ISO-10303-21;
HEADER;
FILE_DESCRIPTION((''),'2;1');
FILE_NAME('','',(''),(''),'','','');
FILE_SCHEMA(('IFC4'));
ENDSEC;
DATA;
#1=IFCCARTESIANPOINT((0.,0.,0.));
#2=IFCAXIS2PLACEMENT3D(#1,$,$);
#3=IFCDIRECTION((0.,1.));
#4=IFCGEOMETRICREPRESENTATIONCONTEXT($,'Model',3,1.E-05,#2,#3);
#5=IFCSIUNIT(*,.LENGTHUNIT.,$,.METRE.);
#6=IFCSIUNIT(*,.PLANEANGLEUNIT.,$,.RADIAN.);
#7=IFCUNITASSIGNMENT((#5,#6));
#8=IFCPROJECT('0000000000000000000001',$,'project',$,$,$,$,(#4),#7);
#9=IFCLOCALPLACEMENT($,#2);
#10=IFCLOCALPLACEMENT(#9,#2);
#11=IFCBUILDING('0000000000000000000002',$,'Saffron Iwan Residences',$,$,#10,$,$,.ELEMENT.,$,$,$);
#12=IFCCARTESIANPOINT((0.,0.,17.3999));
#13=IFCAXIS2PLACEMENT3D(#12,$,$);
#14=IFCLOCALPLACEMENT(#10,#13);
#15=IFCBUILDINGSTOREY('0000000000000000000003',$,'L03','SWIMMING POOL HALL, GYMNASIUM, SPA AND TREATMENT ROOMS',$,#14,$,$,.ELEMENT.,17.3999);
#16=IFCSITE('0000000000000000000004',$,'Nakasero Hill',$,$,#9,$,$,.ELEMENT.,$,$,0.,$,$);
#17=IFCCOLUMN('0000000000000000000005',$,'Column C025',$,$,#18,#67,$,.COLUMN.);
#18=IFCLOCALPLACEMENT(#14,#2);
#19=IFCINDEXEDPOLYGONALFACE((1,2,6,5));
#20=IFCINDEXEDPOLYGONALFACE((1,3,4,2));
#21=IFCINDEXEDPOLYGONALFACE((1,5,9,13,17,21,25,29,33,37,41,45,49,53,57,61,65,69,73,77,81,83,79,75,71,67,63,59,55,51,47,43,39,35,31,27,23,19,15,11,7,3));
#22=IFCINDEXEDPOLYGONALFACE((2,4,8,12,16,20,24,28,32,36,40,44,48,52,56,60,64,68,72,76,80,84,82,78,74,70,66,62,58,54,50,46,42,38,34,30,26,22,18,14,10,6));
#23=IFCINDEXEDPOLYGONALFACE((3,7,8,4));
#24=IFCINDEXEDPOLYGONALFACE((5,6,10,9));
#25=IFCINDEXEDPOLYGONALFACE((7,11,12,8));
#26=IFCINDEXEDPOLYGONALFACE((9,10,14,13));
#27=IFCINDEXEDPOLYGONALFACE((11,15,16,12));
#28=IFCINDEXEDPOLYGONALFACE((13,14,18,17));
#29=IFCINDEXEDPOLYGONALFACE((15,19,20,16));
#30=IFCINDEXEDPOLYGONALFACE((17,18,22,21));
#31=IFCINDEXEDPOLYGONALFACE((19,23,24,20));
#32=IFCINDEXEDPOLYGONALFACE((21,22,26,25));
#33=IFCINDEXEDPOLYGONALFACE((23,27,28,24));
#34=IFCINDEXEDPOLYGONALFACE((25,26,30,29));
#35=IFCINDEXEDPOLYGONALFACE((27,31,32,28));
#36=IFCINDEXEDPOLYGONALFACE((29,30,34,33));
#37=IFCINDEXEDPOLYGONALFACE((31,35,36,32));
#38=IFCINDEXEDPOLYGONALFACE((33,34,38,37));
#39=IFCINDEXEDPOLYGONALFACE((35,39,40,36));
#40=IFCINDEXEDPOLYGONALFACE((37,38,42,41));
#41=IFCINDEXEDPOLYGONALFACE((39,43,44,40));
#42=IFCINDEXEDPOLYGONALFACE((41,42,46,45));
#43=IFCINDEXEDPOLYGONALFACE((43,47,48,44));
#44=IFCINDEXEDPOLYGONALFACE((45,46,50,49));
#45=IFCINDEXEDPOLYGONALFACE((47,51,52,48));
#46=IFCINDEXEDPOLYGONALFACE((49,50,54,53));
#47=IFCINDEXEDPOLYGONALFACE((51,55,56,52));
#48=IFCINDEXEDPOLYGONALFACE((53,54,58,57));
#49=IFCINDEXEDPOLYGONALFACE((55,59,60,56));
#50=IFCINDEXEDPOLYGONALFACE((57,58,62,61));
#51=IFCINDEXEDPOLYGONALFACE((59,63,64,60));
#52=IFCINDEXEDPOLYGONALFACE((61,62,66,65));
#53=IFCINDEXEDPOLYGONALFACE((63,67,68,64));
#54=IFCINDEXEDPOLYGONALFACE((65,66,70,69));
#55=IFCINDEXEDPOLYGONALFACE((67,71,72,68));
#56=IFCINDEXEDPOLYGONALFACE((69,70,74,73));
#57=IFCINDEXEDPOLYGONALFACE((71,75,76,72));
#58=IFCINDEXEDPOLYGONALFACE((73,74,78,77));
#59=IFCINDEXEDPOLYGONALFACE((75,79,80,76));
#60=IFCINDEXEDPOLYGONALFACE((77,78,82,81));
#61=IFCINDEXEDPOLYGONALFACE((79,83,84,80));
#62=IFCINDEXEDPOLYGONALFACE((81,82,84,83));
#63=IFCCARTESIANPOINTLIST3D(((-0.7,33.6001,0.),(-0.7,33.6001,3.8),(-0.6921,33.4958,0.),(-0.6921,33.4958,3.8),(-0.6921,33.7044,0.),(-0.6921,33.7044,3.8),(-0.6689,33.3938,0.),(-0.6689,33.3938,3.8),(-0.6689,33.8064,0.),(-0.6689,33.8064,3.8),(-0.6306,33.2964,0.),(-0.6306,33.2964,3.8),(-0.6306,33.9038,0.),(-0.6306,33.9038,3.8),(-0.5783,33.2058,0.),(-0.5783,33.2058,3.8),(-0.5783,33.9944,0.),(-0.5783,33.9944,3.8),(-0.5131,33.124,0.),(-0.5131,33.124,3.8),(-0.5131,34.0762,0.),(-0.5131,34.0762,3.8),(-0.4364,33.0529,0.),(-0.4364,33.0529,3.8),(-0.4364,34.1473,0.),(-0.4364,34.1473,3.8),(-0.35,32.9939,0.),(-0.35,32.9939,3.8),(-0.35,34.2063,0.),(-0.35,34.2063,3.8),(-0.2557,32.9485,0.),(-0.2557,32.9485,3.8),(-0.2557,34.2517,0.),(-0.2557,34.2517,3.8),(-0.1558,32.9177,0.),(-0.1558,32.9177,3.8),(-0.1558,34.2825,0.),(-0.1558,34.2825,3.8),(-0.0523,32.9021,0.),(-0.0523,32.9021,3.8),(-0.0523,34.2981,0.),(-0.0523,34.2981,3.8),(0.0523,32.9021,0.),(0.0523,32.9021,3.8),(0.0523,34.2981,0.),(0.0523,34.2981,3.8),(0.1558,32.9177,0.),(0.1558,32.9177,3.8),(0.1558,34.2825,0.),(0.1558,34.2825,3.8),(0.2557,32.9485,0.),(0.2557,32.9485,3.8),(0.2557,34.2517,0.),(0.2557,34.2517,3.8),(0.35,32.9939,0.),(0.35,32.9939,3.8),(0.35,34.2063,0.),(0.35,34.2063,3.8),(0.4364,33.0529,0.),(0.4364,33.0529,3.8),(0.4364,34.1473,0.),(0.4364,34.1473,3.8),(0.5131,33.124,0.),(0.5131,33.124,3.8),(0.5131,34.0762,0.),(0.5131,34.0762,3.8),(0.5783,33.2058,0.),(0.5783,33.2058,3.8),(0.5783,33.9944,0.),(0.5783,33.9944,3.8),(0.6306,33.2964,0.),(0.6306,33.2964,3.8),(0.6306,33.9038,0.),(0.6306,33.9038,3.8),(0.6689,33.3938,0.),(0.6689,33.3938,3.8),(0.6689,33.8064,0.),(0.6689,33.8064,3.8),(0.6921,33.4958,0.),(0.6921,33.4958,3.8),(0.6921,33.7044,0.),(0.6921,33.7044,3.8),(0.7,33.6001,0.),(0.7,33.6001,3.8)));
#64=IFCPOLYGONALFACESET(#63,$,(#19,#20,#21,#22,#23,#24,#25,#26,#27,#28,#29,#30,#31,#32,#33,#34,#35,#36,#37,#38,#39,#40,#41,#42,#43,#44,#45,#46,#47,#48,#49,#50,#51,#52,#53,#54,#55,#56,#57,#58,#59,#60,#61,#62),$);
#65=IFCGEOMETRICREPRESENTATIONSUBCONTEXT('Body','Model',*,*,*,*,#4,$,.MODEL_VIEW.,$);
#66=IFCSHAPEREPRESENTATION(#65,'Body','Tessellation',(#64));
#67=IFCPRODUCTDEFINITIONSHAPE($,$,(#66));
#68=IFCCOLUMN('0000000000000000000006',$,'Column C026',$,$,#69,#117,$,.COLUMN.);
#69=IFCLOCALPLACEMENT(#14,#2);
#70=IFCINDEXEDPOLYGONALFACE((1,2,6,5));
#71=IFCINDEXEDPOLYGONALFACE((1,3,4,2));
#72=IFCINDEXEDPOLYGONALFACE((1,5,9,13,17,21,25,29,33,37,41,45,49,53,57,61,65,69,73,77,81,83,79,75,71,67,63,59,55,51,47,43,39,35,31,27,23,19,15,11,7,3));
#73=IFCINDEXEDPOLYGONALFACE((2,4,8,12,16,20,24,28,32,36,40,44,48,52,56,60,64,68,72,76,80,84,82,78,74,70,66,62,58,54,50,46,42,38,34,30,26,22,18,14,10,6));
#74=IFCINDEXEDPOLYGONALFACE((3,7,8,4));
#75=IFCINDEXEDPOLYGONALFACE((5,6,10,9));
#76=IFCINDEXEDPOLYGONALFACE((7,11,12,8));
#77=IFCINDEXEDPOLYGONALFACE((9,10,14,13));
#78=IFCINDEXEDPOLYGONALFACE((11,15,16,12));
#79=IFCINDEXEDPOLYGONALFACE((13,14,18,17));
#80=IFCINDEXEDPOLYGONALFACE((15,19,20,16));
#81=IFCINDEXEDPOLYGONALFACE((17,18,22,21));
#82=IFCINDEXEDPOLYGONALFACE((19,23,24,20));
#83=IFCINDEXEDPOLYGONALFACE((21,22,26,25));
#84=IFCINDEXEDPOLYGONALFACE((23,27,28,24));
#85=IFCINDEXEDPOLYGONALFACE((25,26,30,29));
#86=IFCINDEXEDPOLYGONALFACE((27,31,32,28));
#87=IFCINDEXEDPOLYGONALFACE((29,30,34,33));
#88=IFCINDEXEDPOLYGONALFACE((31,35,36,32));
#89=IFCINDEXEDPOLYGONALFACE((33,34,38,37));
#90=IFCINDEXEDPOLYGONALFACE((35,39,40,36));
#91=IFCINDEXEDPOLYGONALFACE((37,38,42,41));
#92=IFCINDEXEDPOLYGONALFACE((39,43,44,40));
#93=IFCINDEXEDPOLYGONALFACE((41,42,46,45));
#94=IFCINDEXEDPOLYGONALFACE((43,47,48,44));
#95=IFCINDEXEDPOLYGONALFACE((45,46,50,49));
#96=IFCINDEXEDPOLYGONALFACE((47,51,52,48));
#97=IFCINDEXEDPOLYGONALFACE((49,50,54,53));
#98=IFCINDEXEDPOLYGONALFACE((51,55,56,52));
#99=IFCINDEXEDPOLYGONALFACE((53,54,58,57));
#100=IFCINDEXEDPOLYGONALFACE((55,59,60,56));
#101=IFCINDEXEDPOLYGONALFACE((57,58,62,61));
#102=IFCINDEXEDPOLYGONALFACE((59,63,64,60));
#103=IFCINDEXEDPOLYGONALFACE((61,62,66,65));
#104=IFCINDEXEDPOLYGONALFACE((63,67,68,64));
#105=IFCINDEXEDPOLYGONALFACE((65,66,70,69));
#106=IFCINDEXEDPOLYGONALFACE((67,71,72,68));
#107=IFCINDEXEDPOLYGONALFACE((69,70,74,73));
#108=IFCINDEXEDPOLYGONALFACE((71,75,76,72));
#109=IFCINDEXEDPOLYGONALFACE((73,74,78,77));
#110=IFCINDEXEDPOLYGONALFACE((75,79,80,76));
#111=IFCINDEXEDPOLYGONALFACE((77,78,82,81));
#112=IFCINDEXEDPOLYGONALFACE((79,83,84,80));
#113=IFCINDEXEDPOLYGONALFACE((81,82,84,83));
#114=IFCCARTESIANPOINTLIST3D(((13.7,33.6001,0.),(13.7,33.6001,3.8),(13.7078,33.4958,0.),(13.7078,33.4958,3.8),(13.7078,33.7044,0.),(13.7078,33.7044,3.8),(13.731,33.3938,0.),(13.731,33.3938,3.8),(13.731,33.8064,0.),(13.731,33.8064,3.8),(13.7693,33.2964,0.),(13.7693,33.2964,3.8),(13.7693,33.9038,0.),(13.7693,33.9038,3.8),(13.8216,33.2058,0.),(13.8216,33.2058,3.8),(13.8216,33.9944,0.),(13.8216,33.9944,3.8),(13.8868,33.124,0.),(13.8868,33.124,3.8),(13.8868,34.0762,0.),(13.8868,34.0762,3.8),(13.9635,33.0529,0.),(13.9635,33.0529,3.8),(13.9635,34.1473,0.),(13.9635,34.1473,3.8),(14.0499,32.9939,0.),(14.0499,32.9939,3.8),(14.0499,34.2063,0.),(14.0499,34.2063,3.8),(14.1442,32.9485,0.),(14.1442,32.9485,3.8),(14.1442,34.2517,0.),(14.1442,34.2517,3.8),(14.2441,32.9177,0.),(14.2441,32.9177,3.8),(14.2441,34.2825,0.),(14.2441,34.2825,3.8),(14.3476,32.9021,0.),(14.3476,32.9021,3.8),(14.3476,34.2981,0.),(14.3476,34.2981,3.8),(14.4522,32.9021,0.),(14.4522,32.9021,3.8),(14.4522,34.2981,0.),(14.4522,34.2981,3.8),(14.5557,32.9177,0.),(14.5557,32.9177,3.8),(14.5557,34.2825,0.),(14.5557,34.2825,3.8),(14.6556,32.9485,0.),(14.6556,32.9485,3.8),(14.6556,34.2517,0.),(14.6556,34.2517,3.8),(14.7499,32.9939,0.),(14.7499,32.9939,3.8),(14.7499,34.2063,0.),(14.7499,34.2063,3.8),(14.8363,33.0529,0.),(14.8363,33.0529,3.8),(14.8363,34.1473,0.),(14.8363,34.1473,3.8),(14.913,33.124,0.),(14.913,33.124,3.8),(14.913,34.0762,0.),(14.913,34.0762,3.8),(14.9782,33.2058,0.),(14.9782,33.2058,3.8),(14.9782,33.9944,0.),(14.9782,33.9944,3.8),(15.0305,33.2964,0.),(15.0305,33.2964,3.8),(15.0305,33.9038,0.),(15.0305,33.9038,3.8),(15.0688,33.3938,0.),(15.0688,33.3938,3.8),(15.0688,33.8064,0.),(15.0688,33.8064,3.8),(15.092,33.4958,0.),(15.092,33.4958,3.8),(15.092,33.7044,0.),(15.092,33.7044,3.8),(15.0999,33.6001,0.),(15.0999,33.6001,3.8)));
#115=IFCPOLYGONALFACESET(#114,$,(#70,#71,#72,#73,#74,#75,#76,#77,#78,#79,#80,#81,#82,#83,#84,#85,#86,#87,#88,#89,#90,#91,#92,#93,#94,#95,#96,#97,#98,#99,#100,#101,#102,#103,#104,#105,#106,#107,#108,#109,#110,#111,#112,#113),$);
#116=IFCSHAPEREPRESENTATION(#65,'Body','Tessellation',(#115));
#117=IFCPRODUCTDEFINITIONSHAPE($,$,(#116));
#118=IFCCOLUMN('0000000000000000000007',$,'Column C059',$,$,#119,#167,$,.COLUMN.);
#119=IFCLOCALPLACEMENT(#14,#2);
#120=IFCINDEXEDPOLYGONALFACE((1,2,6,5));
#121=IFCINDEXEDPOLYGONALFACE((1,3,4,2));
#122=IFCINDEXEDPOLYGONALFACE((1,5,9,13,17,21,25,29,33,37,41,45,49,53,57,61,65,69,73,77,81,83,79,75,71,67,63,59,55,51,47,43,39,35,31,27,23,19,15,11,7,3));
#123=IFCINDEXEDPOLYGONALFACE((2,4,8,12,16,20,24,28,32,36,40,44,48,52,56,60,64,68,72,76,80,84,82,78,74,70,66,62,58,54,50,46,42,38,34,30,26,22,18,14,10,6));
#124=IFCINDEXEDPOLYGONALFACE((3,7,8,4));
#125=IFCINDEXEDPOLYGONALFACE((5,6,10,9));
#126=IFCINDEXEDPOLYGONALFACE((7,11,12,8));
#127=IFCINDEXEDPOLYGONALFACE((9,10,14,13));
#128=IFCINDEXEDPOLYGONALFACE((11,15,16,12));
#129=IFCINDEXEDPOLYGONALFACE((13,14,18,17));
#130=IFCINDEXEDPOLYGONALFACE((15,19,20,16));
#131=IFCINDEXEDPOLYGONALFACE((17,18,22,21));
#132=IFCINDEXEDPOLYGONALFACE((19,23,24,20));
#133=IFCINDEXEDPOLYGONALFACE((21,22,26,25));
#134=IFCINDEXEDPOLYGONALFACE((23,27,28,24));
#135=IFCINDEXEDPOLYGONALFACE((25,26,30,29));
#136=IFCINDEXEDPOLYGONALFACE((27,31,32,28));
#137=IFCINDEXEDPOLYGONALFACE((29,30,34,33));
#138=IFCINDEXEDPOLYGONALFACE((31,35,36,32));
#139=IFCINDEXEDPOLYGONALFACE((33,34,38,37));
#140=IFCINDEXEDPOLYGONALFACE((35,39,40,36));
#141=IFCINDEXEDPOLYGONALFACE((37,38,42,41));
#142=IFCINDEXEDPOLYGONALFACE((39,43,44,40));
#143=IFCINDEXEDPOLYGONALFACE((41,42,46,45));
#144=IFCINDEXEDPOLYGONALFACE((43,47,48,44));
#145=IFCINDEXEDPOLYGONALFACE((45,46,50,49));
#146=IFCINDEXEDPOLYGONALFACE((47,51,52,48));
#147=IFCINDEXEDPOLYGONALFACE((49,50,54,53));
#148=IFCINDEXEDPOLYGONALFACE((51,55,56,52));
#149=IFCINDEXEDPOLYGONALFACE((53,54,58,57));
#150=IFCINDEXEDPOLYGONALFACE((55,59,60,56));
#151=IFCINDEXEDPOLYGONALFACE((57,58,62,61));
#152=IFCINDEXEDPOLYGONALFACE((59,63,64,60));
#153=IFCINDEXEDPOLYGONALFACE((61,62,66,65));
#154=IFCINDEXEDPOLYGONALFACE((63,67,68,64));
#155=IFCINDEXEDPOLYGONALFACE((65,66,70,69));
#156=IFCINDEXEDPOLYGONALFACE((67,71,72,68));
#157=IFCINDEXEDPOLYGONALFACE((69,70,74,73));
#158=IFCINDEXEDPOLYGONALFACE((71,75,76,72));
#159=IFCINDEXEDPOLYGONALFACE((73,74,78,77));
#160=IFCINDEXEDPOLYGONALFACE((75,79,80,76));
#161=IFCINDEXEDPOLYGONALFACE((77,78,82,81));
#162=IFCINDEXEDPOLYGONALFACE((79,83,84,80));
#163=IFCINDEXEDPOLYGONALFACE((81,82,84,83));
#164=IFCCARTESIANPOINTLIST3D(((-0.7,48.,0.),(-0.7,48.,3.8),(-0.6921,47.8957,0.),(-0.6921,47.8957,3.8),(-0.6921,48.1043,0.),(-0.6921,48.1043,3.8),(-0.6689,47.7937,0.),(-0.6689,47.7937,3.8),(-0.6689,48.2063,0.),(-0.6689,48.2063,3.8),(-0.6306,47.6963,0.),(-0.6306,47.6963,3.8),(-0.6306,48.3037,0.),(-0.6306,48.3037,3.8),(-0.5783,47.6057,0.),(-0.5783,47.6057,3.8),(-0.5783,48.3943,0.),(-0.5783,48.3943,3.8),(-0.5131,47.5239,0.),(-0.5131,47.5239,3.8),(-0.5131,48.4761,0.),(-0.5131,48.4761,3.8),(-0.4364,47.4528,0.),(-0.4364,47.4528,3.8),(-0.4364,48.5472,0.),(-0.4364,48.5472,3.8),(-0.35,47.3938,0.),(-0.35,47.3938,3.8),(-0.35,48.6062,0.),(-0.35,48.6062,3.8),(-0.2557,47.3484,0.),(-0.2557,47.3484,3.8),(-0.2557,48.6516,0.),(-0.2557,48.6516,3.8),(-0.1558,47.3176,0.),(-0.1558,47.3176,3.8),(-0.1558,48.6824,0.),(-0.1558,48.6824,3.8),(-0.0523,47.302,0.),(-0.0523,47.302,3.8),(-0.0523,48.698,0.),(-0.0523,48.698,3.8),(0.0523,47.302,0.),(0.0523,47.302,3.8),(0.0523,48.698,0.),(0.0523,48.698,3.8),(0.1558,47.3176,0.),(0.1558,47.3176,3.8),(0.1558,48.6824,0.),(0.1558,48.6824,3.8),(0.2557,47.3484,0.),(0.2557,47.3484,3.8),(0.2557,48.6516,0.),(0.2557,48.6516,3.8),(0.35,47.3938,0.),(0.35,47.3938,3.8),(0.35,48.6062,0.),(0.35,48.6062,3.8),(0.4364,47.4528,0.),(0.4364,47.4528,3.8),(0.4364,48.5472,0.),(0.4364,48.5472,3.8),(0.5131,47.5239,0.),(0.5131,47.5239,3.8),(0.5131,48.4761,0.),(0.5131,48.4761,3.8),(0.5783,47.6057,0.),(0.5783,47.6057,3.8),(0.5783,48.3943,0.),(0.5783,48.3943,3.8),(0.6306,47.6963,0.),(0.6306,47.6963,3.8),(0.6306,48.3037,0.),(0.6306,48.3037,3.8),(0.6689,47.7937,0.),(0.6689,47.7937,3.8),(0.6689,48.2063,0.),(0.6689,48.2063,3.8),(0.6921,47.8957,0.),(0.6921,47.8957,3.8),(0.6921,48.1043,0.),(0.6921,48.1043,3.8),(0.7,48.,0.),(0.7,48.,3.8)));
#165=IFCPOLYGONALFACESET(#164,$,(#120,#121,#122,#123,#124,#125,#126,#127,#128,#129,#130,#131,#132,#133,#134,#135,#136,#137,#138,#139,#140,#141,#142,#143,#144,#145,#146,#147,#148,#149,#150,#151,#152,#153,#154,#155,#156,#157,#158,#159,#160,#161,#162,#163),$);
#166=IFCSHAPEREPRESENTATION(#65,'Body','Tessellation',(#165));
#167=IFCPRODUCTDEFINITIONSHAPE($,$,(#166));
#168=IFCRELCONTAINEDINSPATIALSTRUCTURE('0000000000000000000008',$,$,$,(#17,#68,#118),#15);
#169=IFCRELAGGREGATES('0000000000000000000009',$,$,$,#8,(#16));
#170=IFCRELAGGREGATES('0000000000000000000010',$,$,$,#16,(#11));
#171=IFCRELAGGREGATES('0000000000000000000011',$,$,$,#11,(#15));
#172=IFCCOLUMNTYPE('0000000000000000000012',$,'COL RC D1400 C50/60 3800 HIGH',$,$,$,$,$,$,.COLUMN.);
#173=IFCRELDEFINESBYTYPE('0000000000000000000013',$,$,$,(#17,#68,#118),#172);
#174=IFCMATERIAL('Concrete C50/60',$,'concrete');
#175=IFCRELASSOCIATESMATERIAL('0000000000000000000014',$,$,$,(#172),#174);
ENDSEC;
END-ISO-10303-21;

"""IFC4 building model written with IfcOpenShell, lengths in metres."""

from ifc_helpers import new_model, si_unit, direction, frame, origin, origin_2d, place, context, subcontext, project, spatial, circle, extrude, source, transform, mapped, material, material_profile, profile_set, type_object, element, save


model = new_model("IFC4")

# Units and contexts
model_context = context("Model", 3, precision=1e-05, world=origin(), true_north=direction((0.0, 1.0)))
body_context = subcontext(model_context, "Body", "Model", "MODEL_VIEW")
ifc_project = project(units=[si_unit("LENGTHUNIT", "METRE"), si_unit("PLANEANGLEUNIT", "RADIAN")], contexts=[model_context])

# Site, building, storey
site_placement = place(None, origin())
site = spatial("IfcSite", under=ifc_project, at=site_placement, Name="Nakasero Hill", CompositionType="ELEMENT", RefElevation=0.0)
building_placement = place(site_placement, origin())
building = spatial("IfcBuilding", under=site, at=building_placement, Name="Saffron Iwan Residences", CompositionType="ELEMENT")
storey_placement = place(building_placement, frame((0.0, 0.0, 17.3999)))
storey = spatial("IfcBuildingStorey", under=building, at=storey_placement, Name="L03", Description="SWIMMING POOL HALL, GYMNASIUM, SPA AND TREATMENT ROOMS", CompositionType="ELEMENT", Elevation=17.3999)

# Columns
ifc_material_1 = material(Name="Concrete C50/60", Category="concrete")
ifc_material_profile_1 = material_profile(ifc_material_1, circle(Radius=0.7, at=origin_2d()), Name="RC D1400")
ifc_profile_set_1 = profile_set([ifc_material_profile_1], Name="Concrete C50/60")
column_type = type_object("IfcColumnType", Name="COL RC D1400 C50/60 3800 HIGH", PredefinedType="COLUMN", material=ifc_profile_set_1)
shared_shape_1 = source(origin(), body_context, "Body", "SweptSolid", [
    extrude(circle(Radius=0.7, at=origin_2d()), origin(), (0.0, 0.0, 1.0), 3.8),
])
for number, where, z_axis, x_axis, name in (
    (1, (0.0, 33.6001, 0.0), (0.0, 0.0, 1.0), (1.0, 0.0, 0.0), "Column C025"),
    (2, (14.3999, 33.6001, 0.0), (0.0, 0.0, 1.0), (1.0, 0.0, 0.0), "Column C026"),
    (3, (0.0, 48.0, 0.0), (0.0, 0.0, 1.0), (1.0, 0.0, 0.0), "Column C059"),
):
    element("IfcColumn", number, at=place(storey_placement, frame(where, z_axis=z_axis, x_axis=x_axis)), inside=storey, type_object=column_type, Name=name, PredefinedType="COLUMN", context=body_context, shape_type="MappedRepresentation", body=[
        mapped(shared_shape_1, transform((0.0, 0.0, 0.0))),
    ])

save(model, "model.ifc")
